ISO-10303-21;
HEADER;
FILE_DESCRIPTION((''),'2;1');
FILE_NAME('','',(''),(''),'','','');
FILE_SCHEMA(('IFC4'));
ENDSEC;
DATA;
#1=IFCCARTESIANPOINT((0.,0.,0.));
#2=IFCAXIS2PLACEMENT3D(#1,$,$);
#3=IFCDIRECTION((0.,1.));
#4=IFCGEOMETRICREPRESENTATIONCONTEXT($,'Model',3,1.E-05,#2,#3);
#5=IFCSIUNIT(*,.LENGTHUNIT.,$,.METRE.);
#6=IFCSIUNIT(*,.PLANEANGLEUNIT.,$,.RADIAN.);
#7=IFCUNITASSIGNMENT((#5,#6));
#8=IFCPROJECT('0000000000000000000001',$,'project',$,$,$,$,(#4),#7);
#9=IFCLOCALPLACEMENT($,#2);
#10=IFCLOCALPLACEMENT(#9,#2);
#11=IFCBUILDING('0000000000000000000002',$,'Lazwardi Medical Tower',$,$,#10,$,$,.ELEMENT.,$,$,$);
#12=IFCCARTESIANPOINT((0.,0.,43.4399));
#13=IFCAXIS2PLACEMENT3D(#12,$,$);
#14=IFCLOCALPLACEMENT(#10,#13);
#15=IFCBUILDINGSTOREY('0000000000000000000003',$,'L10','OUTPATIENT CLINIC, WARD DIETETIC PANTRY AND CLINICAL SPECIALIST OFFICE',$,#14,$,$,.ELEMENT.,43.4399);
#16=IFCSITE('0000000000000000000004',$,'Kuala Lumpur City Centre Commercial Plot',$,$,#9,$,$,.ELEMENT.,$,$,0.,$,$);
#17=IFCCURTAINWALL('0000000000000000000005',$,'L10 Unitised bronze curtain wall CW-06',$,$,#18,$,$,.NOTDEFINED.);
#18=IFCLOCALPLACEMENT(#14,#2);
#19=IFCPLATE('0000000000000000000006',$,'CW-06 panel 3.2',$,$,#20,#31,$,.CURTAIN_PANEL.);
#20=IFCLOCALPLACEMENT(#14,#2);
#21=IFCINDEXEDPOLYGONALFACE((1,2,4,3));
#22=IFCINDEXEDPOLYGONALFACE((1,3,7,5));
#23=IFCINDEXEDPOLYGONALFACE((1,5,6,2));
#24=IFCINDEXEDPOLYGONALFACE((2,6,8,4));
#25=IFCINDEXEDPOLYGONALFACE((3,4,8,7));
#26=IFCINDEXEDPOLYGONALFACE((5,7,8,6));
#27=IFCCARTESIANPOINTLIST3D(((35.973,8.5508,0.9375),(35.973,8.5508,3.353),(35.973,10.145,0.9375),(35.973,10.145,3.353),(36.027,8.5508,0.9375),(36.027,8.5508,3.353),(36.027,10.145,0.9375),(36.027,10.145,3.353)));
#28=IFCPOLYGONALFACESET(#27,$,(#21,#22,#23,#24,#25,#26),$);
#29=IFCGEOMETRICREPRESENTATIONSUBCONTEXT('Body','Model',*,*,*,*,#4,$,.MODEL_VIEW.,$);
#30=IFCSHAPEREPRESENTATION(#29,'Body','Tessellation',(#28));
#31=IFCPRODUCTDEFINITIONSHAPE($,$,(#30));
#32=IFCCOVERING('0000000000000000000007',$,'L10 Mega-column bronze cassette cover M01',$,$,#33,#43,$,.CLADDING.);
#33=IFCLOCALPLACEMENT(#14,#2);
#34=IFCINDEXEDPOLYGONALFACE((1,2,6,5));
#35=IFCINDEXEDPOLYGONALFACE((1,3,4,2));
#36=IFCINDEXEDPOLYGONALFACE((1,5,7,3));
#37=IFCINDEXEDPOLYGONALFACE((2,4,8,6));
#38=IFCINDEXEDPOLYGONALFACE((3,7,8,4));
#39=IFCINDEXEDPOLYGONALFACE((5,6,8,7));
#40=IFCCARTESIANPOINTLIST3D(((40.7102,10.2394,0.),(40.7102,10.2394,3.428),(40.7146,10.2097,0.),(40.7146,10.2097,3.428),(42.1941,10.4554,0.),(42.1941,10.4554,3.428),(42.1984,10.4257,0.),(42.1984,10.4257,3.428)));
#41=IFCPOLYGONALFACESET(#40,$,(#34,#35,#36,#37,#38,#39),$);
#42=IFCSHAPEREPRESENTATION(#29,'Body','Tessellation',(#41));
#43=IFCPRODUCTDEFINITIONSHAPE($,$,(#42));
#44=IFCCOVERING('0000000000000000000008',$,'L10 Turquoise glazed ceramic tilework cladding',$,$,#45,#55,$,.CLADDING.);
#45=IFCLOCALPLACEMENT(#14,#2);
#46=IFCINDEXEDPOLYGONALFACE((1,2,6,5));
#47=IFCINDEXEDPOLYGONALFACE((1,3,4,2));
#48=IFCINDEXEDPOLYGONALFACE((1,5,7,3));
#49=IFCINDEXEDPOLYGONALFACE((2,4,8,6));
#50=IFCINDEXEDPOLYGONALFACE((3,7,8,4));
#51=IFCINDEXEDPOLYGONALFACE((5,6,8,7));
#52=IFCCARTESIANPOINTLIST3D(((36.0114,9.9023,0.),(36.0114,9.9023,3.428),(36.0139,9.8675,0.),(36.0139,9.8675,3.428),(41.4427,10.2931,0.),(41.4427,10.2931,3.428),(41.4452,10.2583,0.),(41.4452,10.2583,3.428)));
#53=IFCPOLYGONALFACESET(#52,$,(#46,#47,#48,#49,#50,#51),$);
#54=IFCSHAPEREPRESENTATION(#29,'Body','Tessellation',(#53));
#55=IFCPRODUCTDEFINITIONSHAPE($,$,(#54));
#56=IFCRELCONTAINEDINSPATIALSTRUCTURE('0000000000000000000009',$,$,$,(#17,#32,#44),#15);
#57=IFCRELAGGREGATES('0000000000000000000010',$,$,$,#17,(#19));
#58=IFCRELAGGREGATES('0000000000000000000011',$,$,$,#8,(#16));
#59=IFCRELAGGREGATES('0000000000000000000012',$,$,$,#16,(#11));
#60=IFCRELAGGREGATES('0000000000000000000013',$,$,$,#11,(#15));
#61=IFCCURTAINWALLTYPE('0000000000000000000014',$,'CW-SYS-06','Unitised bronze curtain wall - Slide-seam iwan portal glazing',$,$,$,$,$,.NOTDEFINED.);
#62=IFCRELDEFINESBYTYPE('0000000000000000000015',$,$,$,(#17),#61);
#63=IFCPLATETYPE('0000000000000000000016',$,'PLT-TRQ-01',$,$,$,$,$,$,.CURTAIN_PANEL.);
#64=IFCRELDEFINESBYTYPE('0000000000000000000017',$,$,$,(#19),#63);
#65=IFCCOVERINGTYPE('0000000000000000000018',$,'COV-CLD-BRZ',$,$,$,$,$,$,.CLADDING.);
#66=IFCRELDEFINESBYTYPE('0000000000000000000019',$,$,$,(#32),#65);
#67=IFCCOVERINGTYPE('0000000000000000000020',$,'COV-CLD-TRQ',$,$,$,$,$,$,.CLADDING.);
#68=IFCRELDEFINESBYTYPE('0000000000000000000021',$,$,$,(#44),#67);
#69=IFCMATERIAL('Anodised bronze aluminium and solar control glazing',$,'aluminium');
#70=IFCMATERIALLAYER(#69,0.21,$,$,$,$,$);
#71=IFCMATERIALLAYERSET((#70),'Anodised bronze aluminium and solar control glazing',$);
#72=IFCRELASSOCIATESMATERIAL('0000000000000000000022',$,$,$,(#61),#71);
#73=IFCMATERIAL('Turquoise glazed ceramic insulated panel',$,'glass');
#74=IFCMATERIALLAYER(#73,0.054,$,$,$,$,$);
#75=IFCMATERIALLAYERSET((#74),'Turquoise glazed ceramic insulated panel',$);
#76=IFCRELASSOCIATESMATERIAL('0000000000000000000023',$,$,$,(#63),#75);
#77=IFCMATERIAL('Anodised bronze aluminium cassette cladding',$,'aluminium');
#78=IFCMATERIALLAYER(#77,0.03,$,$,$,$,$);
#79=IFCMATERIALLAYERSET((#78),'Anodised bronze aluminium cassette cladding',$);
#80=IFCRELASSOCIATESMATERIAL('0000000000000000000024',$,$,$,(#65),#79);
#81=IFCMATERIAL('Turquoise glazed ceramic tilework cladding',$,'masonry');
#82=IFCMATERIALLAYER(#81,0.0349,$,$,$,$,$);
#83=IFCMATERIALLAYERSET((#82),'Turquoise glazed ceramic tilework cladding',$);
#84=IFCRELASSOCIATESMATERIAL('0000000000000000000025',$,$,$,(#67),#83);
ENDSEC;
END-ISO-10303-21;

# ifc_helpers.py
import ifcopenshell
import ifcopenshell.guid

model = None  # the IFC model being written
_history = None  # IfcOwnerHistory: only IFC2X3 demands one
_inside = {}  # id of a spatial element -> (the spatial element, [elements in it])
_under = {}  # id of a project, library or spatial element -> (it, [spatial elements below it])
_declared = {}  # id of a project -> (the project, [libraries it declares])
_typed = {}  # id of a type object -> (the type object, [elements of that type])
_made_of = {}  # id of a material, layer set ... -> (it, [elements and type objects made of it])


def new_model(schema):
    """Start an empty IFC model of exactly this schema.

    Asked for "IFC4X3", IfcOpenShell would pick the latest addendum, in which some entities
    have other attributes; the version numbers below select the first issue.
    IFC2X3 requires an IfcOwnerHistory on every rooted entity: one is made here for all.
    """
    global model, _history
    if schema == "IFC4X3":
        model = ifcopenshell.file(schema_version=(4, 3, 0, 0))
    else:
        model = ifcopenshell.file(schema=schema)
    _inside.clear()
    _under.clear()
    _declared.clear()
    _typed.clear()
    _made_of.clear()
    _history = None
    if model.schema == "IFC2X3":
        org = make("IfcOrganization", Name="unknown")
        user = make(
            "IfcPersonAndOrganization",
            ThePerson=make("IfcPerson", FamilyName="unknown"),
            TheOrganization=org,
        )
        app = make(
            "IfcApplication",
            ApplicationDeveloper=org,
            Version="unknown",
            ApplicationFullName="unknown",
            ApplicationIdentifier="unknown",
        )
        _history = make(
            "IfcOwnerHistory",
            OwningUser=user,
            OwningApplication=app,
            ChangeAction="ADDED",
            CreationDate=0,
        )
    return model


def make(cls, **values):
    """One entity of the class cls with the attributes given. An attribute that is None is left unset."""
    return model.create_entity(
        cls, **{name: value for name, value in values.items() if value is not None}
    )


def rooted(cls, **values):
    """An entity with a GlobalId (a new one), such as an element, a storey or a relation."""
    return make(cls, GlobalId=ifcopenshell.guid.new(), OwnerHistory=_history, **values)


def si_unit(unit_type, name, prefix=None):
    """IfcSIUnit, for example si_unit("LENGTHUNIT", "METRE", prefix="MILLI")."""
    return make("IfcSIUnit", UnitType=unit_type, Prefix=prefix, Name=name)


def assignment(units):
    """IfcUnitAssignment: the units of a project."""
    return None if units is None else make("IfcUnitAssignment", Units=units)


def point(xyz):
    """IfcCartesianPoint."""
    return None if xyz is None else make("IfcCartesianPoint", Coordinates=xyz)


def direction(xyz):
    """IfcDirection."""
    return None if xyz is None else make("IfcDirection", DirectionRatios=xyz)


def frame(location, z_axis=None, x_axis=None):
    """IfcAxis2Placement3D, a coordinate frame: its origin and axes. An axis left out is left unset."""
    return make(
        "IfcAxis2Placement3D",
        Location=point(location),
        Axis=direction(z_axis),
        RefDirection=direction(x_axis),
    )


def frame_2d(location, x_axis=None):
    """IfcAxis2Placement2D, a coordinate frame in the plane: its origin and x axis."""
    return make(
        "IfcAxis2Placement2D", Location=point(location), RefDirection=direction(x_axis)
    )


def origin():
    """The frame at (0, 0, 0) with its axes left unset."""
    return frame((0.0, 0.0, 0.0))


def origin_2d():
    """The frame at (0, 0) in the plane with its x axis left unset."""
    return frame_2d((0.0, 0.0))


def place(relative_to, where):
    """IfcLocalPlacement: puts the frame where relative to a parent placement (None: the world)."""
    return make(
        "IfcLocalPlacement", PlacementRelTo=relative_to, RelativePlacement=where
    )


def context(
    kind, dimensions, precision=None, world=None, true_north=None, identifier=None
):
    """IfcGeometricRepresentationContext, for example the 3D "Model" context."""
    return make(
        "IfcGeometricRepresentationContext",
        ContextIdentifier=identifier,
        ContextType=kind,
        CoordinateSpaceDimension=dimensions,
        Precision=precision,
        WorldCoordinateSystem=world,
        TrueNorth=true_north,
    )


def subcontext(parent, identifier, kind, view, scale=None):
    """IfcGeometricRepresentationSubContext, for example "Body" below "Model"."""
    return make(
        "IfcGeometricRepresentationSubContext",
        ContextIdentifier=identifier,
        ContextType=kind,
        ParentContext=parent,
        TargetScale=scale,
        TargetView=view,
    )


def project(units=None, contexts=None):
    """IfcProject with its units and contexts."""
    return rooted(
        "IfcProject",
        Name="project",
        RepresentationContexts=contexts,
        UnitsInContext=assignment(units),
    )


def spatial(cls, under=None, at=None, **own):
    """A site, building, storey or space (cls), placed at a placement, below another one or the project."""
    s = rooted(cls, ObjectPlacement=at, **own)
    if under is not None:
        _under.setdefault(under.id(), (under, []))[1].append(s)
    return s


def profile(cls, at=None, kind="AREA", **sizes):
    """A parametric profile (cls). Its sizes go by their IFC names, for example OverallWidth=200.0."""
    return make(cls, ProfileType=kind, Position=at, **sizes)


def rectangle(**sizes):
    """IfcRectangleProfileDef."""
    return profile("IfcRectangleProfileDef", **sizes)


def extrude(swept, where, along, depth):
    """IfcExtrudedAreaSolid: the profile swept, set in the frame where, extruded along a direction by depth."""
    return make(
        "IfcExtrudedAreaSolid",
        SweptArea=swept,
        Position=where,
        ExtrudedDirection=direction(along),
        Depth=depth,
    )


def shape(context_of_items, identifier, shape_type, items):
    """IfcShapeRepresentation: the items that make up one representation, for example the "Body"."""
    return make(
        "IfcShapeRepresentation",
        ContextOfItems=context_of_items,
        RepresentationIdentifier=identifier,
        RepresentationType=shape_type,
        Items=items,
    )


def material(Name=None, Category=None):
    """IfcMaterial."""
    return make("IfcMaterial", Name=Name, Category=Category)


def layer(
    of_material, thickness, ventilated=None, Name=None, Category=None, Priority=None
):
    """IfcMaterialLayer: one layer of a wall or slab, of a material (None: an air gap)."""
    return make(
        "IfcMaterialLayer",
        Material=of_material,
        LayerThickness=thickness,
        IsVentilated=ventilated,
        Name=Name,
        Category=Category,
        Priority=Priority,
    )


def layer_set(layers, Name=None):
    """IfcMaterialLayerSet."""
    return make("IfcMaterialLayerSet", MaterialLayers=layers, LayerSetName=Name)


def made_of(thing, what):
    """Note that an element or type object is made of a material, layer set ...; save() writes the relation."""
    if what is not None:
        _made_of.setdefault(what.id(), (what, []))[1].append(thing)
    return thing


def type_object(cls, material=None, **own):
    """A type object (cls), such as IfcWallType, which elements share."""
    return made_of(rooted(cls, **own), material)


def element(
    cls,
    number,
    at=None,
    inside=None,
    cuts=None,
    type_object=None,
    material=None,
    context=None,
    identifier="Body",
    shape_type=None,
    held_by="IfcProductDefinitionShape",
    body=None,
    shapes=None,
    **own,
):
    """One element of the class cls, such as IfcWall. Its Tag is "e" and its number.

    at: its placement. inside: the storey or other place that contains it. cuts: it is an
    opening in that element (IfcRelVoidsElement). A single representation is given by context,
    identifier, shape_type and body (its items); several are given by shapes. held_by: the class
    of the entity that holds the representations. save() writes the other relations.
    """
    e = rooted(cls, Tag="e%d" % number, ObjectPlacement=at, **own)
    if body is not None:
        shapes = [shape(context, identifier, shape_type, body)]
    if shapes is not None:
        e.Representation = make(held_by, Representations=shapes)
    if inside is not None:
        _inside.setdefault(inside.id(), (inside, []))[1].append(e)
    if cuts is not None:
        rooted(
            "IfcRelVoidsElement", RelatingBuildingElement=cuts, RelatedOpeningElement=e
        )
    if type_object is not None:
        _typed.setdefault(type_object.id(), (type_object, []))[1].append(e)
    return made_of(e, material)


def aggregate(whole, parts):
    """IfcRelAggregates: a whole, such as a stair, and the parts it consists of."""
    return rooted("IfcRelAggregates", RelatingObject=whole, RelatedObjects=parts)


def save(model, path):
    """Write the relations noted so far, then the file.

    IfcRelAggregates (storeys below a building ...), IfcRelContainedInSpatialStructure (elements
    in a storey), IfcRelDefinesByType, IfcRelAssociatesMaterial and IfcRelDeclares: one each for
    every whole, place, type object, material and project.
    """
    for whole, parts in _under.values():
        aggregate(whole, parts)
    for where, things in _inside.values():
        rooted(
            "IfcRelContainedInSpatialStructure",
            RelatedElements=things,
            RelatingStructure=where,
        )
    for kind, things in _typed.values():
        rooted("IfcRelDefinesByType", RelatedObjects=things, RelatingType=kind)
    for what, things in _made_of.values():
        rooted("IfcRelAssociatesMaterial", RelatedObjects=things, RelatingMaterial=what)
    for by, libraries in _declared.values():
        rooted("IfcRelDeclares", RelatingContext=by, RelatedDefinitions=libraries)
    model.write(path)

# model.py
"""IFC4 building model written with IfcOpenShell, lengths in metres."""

from ifc_helpers import new_model, si_unit, direction, frame, origin, origin_2d, place, context, subcontext, project, spatial, rectangle, extrude, material, layer, layer_set, type_object, element, aggregate, save


model = new_model("IFC4")

# Units and contexts
model_context = context("Model", 3, precision=1e-05, world=origin(), true_north=direction((0.0, 1.0)))
body_context = subcontext(model_context, "Body", "Model", "MODEL_VIEW")
ifc_project = project(units=[si_unit("LENGTHUNIT", "METRE"), si_unit("PLANEANGLEUNIT", "RADIAN")], contexts=[model_context])

# Site, building, storey
site_placement = place(None, origin())
site = spatial("IfcSite", under=ifc_project, at=site_placement, Name="Kuala Lumpur City Centre Commercial Plot", CompositionType="ELEMENT", RefElevation=0.0)
building_placement = place(site_placement, origin())
building = spatial("IfcBuilding", under=site, at=building_placement, Name="Lazwardi Medical Tower", CompositionType="ELEMENT")
storey_placement = place(building_placement, frame((0.0, 0.0, 43.4399)))
storey = spatial("IfcBuildingStorey", under=building, at=storey_placement, Name="L10", Description="OUTPATIENT CLINIC, WARD DIETETIC PANTRY AND CLINICAL SPECIALIST OFFICE", CompositionType="ELEMENT", Elevation=43.4399)

# Shared definitions
ifc_material_1 = material(Name="Anodised bronze aluminium and solar control glazing", Category="aluminium")

# Curtain wall
ifc_layer_1 = layer(ifc_material_1, 0.21)
ifc_layer_set_1 = layer_set([ifc_layer_1], Name="Anodised bronze aluminium and solar control glazing")
curtain_wall_type_1 = type_object("IfcCurtainWallType", Name="CW-SYS-06", Description="Unitised bronze curtain wall - Slide-seam iwan portal glazing", PredefinedType="NOTDEFINED", material=ifc_layer_set_1)
curtain_wall_1_placement = place(storey_placement, origin())
curtain_wall_1 = element("IfcCurtainWall", 1, at=curtain_wall_1_placement, inside=storey, type_object=curtain_wall_type_1, Name="L10 Unitised bronze curtain wall CW-06", PredefinedType="NOTDEFINED")

# Plate
ifc_material_2 = material(Name="Turquoise glazed ceramic insulated panel", Category="glass")
ifc_layer_2 = layer(ifc_material_2, 0.054)
ifc_layer_set_2 = layer_set([ifc_layer_2], Name="Turquoise glazed ceramic insulated panel")
plate_type = type_object("IfcPlateType", Name="PLT-TRQ-01", PredefinedType="CURTAIN_PANEL", material=ifc_layer_set_2)
plate_1_placement = place(storey_placement, frame((36.0, 9.3479, 0.9375), z_axis=(0.0, 0.0, 1.0), x_axis=(0.0, 1.0, 0.0)))
plate_1 = element("IfcPlate", 2, at=plate_1_placement, type_object=plate_type, Name="CW-06 panel 3.2", PredefinedType="CURTAIN_PANEL", context=body_context, shape_type="SweptSolid", body=[
    extrude(rectangle(XDim=1.5942, YDim=0.054, at=origin_2d()), origin(), (0.0, 0.0, 1.0), 2.4155),
])
aggregate(curtain_wall_1, [plate_1])

# Coverings
ifc_material_3 = material(Name="Anodised bronze aluminium cassette cladding", Category="aluminium")
ifc_layer_3 = layer(ifc_material_3, 0.03)
ifc_layer_set_3 = layer_set([ifc_layer_3], Name="Anodised bronze aluminium cassette cladding")
covering_type_1 = type_object("IfcCoveringType", Name="COV-CLD-BRZ", PredefinedType="CLADDING", material=ifc_layer_set_3)
covering_1_placement = place(storey_placement, frame((41.4543, 10.3325, 0.0), z_axis=(0.0, 0.0, 1.0), x_axis=(0.989573, 0.144035, 0.0)))
element("IfcCovering", 3, at=covering_1_placement, inside=storey, type_object=covering_type_1, Name="L10 Mega-column bronze cassette cover M01", PredefinedType="CLADDING", context=body_context, shape_type="SweptSolid", body=[
    extrude(rectangle(XDim=1.4995, YDim=0.03, at=origin_2d()), origin(), (0.0, 0.0, 1.0), 3.428),
])
ifc_material_4 = material(Name="Turquoise glazed ceramic tilework cladding", Category="masonry")
ifc_layer_4 = layer(ifc_material_4, 0.0349)
ifc_layer_set_4 = layer_set([ifc_layer_4], Name="Turquoise glazed ceramic tilework cladding")
covering_type_2 = type_object("IfcCoveringType", Name="COV-CLD-TRQ", PredefinedType="CLADDING", material=ifc_layer_set_4)
covering_2_placement = place(storey_placement, frame((38.7283, 10.0803, 0.0), z_axis=(0.0, 0.0, 1.0), x_axis=(0.997421, 0.071767, 0.0)))
element("IfcCovering", 4, at=covering_2_placement, inside=storey, type_object=covering_type_2, Name="L10 Turquoise glazed ceramic tilework cladding", PredefinedType="CLADDING", context=body_context, shape_type="SweptSolid", body=[
    extrude(rectangle(XDim=5.4453, YDim=0.0349, at=origin_2d()), origin(), (0.0, 0.0, 1.0), 3.428),
])

save(model, "model.ifc")
